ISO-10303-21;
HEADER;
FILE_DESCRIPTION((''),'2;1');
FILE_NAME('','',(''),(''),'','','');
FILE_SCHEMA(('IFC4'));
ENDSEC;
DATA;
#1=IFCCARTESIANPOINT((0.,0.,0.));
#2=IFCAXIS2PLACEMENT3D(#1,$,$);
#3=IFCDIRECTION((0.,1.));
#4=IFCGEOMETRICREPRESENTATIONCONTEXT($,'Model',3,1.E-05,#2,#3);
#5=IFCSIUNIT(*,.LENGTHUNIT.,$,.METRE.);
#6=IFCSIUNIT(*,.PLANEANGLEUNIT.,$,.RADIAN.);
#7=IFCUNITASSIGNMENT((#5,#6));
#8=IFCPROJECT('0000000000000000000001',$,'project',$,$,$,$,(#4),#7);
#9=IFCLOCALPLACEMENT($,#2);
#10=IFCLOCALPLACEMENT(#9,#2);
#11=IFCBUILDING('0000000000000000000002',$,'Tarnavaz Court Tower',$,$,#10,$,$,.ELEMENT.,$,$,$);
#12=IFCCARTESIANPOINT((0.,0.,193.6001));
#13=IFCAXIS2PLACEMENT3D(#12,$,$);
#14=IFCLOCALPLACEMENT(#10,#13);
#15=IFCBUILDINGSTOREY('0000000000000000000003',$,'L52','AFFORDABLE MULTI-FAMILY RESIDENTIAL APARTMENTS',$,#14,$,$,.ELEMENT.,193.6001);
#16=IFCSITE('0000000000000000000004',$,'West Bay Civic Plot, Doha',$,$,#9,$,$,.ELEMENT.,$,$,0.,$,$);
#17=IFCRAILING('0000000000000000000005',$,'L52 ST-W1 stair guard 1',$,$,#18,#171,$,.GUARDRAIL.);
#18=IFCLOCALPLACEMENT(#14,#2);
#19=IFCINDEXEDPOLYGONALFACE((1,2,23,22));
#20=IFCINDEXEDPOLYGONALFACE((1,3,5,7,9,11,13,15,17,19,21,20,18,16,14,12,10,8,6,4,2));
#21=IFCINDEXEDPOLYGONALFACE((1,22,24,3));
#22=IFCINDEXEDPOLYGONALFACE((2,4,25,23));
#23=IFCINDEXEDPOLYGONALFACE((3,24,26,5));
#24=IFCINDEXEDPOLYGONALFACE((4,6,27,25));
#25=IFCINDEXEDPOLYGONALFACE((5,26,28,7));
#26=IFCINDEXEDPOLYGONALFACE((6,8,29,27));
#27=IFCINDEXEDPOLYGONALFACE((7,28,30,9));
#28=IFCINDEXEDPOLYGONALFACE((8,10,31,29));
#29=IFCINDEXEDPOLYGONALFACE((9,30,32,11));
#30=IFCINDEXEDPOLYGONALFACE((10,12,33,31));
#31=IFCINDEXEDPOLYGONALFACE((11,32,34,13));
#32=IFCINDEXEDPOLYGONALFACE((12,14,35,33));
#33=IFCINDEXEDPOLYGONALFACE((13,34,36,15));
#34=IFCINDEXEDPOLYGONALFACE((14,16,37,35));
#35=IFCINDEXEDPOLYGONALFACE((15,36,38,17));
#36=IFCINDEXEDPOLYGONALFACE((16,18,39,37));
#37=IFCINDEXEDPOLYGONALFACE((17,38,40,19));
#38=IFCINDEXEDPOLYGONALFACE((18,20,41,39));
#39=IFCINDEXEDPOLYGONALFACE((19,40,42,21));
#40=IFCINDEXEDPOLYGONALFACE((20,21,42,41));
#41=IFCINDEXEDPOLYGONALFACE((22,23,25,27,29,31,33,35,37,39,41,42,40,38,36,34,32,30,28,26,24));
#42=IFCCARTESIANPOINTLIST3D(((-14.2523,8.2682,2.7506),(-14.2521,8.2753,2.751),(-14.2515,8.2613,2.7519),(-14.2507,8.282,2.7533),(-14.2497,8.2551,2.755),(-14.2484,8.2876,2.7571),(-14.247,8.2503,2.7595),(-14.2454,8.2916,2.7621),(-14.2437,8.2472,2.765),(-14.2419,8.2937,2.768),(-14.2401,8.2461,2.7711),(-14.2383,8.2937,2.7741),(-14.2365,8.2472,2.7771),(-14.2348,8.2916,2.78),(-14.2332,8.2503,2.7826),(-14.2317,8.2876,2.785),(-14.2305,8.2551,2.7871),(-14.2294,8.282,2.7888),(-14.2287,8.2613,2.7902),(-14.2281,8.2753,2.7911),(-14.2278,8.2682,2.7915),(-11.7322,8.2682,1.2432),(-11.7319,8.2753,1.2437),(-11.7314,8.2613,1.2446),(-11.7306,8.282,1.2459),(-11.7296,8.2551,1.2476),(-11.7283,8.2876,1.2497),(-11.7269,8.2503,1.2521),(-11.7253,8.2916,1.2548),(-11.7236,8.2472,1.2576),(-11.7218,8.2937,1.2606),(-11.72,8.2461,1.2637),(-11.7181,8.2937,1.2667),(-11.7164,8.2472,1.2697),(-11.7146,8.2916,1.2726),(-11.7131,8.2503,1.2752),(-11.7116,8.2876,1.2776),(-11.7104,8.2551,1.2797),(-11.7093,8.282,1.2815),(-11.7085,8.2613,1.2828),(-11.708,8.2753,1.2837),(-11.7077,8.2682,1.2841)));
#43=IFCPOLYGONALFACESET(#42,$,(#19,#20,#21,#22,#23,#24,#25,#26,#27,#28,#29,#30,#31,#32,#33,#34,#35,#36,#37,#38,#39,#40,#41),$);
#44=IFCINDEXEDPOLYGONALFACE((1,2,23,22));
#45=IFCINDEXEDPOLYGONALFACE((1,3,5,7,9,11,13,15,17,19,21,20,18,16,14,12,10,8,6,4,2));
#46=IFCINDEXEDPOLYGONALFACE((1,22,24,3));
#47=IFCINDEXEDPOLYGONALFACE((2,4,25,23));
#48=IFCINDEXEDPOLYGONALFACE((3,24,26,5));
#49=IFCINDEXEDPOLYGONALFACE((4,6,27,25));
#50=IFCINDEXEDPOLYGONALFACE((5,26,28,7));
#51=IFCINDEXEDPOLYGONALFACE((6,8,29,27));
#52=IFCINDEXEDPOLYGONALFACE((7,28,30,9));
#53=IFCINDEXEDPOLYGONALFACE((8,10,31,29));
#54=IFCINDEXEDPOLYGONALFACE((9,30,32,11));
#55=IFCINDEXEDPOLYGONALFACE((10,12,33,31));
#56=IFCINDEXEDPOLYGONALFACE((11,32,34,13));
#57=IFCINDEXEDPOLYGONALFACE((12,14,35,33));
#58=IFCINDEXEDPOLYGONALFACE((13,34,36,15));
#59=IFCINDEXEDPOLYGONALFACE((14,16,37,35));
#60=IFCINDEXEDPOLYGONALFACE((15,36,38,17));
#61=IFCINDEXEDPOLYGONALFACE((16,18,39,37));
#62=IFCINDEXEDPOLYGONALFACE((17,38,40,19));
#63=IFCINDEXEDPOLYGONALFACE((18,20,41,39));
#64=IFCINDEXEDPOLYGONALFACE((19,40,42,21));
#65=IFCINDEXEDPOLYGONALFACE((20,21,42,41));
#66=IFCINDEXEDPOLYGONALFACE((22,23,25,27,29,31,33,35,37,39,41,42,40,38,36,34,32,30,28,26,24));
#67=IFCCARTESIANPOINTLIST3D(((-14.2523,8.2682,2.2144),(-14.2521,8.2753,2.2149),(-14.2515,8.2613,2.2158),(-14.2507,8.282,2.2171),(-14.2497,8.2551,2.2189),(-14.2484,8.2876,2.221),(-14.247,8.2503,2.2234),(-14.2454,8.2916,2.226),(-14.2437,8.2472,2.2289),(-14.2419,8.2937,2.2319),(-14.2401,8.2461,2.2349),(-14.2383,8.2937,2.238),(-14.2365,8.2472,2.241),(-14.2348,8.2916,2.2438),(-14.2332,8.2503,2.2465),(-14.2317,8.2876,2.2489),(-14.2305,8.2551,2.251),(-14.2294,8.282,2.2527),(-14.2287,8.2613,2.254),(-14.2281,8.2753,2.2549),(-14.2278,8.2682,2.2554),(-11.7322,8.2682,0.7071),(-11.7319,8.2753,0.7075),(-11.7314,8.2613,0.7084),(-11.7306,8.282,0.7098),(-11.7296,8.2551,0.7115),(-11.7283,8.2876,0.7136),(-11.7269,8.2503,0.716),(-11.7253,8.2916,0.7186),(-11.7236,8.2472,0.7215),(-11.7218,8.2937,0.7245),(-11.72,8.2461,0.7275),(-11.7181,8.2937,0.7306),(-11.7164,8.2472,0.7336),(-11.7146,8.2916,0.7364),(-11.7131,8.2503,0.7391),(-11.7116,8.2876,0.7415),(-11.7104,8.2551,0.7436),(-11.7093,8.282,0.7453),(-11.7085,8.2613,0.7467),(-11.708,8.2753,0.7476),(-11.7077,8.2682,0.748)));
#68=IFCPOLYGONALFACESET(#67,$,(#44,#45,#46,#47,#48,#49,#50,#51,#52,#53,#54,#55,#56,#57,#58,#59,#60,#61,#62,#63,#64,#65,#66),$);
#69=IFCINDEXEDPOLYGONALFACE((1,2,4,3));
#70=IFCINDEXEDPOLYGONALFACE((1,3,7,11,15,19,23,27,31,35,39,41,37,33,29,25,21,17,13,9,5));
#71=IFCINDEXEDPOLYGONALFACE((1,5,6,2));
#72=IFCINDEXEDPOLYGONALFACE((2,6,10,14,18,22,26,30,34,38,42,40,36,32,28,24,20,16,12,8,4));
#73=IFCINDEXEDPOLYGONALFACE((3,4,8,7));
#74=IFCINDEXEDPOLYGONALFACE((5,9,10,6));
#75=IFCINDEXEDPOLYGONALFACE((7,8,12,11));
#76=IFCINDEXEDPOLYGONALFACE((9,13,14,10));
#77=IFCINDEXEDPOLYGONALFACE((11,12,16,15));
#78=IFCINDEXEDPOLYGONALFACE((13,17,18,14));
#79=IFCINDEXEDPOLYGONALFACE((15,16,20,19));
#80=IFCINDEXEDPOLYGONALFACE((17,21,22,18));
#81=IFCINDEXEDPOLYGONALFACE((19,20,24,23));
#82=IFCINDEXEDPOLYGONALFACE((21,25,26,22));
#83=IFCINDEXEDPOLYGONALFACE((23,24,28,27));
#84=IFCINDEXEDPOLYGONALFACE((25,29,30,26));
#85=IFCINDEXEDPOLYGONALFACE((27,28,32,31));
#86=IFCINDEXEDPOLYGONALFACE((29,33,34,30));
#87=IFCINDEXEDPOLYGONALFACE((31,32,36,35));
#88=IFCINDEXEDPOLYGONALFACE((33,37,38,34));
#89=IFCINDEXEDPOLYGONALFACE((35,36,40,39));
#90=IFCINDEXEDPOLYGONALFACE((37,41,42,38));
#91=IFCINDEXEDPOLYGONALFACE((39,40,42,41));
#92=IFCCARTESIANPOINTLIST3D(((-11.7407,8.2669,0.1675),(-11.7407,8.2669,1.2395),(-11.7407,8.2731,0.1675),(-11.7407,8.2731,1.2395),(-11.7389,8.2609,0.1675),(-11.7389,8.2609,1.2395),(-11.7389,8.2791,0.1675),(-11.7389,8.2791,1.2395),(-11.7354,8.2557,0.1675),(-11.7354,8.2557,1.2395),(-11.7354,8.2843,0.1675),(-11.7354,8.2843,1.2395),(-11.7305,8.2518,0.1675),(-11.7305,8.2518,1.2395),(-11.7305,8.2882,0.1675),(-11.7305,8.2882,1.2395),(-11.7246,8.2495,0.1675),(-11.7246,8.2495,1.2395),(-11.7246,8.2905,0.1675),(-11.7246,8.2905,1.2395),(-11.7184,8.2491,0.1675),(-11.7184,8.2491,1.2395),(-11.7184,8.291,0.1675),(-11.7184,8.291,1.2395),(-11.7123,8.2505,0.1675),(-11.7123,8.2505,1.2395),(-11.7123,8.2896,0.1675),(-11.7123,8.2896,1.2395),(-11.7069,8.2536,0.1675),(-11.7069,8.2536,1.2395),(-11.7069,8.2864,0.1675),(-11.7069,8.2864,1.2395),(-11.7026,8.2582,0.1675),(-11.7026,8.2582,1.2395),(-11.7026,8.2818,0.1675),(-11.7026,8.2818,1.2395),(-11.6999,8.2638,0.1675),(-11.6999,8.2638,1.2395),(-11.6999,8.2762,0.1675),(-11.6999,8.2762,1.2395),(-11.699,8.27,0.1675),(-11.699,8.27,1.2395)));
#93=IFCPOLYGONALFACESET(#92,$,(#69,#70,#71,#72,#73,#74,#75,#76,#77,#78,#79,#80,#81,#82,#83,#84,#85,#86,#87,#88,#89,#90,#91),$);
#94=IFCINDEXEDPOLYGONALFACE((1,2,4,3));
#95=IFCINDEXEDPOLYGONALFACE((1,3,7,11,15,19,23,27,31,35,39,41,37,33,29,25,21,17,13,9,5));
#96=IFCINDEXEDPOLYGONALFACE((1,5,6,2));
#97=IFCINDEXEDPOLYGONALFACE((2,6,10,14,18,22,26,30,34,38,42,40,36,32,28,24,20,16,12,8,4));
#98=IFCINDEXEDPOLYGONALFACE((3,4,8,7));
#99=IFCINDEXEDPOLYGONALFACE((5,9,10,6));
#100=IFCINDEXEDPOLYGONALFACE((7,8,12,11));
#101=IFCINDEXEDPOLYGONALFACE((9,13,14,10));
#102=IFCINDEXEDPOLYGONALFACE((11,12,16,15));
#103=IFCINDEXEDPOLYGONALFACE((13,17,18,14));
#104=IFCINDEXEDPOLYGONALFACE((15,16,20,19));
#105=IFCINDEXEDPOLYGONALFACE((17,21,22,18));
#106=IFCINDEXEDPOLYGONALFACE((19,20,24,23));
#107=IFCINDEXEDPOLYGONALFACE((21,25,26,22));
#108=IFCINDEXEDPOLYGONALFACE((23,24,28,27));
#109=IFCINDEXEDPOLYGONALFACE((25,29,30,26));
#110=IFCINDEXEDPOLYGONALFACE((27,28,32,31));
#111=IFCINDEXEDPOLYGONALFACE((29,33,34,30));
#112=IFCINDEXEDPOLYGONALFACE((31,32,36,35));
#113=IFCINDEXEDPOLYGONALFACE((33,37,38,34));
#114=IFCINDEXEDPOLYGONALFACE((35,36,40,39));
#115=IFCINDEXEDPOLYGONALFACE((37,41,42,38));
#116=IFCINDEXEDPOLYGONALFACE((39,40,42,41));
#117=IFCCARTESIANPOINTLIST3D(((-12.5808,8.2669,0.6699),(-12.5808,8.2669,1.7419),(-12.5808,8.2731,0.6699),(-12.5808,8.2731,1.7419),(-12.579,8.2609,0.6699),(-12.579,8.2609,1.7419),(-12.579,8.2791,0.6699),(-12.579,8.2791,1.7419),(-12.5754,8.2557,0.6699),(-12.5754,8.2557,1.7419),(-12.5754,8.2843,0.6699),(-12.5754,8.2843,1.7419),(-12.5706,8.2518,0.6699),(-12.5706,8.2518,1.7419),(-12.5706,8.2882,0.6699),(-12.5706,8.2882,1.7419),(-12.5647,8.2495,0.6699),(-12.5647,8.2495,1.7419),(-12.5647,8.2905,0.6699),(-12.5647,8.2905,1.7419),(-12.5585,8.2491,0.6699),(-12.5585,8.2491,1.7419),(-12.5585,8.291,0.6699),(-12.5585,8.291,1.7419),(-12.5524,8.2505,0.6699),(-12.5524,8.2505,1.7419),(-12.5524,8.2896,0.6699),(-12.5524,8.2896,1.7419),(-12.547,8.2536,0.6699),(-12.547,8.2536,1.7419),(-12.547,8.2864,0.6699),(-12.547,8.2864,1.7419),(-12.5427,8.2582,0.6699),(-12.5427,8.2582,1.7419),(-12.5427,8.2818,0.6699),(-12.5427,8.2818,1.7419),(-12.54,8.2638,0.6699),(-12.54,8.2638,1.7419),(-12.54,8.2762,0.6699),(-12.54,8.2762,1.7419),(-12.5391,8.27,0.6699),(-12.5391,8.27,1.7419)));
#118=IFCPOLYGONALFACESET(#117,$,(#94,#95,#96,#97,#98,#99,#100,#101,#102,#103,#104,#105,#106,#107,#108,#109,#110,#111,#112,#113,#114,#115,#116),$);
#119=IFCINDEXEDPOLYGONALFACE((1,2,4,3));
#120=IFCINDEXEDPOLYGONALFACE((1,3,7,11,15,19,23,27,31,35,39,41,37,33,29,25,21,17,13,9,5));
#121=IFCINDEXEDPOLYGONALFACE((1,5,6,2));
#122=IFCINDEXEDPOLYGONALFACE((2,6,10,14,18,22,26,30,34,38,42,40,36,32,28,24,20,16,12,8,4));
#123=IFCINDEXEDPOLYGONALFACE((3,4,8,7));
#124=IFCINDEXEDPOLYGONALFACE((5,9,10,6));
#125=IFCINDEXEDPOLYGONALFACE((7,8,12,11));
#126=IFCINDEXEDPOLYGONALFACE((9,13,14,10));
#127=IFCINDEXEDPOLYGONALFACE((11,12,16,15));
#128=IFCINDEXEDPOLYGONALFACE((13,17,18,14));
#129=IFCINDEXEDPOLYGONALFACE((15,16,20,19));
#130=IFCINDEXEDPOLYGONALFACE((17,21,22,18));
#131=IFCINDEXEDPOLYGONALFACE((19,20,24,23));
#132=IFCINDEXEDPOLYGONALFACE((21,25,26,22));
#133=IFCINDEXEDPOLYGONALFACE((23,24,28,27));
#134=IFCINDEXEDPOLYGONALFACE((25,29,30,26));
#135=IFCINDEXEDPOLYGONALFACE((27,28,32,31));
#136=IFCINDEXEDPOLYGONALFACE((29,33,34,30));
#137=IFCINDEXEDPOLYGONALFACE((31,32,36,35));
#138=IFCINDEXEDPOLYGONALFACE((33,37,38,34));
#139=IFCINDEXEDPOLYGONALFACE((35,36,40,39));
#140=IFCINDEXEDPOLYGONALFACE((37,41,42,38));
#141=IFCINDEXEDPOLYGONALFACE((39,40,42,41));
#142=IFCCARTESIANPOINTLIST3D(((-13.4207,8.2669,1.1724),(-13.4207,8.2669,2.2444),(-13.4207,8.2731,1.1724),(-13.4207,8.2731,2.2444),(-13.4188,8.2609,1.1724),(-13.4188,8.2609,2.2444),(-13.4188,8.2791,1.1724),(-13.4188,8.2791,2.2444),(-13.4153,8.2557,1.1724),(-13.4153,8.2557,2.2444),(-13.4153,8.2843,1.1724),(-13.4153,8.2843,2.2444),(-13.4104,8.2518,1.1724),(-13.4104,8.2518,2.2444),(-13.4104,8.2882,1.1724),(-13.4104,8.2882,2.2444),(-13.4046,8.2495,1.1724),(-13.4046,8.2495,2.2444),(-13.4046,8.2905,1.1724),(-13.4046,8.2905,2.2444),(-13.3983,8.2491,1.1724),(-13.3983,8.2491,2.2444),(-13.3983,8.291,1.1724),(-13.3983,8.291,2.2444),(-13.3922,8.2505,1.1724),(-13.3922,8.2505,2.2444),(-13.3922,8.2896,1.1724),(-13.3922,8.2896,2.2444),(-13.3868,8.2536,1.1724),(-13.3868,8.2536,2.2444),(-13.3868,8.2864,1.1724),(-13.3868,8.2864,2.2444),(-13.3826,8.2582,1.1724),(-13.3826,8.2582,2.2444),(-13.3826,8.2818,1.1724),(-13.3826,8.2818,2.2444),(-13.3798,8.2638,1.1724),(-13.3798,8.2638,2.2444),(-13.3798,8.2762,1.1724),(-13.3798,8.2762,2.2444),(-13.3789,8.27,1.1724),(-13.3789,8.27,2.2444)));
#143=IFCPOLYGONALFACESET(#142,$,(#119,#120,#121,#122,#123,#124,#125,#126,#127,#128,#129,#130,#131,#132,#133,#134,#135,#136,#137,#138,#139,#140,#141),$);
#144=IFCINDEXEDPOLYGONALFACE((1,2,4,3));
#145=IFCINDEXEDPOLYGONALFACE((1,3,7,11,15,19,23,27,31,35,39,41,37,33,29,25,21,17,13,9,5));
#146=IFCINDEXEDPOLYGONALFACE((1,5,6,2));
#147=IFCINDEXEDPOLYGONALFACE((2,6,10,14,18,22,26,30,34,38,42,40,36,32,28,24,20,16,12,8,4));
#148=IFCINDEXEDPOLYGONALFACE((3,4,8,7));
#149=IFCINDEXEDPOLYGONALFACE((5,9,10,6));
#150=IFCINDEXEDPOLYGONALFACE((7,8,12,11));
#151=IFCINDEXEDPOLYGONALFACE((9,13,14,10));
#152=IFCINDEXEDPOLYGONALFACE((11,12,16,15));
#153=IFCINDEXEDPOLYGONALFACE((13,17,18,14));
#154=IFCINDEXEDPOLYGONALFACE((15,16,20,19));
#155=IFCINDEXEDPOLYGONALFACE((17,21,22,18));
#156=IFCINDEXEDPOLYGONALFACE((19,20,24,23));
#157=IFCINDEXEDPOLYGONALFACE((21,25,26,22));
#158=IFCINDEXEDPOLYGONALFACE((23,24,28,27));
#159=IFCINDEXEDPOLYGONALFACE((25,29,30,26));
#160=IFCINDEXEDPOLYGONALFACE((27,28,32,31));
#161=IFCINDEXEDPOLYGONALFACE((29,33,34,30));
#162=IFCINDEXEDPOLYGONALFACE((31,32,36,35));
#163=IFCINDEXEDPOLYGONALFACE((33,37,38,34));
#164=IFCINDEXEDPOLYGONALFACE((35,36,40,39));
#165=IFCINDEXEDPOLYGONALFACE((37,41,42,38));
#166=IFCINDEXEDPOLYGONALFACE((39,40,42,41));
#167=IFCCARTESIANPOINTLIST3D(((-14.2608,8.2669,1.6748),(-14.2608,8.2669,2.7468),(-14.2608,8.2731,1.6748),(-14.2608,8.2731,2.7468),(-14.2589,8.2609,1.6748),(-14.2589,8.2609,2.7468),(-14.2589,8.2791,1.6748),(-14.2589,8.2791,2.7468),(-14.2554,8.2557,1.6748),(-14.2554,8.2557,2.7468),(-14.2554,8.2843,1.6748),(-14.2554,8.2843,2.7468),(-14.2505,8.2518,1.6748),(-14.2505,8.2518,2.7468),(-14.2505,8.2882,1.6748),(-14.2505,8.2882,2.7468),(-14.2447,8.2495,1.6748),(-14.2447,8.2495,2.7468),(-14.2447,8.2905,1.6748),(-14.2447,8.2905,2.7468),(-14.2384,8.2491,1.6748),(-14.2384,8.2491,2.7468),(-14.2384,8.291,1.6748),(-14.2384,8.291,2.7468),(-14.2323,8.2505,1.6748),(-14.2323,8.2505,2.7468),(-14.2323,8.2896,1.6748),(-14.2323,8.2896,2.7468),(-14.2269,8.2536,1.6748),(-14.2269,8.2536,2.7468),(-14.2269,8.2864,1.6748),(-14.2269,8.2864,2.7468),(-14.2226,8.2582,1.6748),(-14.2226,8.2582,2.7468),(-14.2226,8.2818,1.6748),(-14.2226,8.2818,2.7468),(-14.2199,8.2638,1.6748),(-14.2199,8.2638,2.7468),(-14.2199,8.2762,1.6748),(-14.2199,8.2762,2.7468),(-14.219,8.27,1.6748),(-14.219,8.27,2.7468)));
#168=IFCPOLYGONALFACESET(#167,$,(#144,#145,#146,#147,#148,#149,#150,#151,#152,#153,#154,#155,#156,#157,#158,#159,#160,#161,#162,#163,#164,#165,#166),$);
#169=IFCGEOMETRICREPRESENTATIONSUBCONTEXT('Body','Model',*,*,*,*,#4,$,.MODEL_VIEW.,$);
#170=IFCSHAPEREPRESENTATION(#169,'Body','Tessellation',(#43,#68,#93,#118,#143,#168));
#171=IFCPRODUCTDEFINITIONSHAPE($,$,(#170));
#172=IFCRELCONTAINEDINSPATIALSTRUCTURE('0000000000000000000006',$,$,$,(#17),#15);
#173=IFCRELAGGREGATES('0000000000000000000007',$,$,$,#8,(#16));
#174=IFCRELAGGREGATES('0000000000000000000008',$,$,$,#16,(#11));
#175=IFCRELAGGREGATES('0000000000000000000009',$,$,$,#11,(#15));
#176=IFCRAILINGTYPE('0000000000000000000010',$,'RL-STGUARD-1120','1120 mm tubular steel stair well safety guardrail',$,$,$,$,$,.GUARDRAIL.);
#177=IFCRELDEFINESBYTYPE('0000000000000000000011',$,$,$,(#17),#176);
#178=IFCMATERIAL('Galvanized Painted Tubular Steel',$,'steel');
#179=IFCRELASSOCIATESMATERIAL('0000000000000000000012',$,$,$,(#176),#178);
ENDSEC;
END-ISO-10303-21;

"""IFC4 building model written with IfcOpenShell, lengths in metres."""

from ifc_helpers import new_model, si_unit, direction, frame, origin, origin_2d, place, context, subcontext, project, spatial, circle, extrude, material, type_object, element, save


model = new_model("IFC4")

# Units and contexts
model_context = context("Model", 3, precision=1e-05, world=origin(), true_north=direction((0.0, 1.0)))
body_context = subcontext(model_context, "Body", "Model", "MODEL_VIEW")
ifc_project = project(units=[si_unit("LENGTHUNIT", "METRE"), si_unit("PLANEANGLEUNIT", "RADIAN")], contexts=[model_context])

# Site, building, storey
site_placement = place(None, origin())
site = spatial("IfcSite", under=ifc_project, at=site_placement, Name="West Bay Civic Plot, Doha", CompositionType="ELEMENT", RefElevation=0.0)
building_placement = place(site_placement, origin())
building = spatial("IfcBuilding", under=site, at=building_placement, Name="Tarnavaz Court Tower", CompositionType="ELEMENT")
storey_placement = place(building_placement, frame((0.0, 0.0, 193.6001)))
storey = spatial("IfcBuildingStorey", under=building, at=storey_placement, Name="L52", Description="AFFORDABLE MULTI-FAMILY RESIDENTIAL APARTMENTS", CompositionType="ELEMENT", Elevation=193.6001)

# Railing
ifc_material_1 = material(Name="Galvanized Painted Tubular Steel", Category="steel")
railing_type_1 = type_object("IfcRailingType", Name="RL-STGUARD-1120", Description="1120 mm tubular steel stair well safety guardrail", PredefinedType="GUARDRAIL", material=ifc_material_1)
railing_1_placement = place(storey_placement, frame((-11.72, 8.27, 0.1675)))
element("IfcRailing", 1, at=railing_1_placement, inside=storey, type_object=railing_type_1, Name="L52 ST-W1 stair guard 1", PredefinedType="GUARDRAIL", context=body_context, shape_type="SweptSolid", body=[
    extrude(circle(Radius=0.0239, at=origin_2d()), frame((0.0, 0.0, 1.0962), z_axis=(-0.858196, 0.0, 0.513321), x_axis=(0.0, -1.0, 0.0)), (0.0, 0.0, 1.0), 2.9365),
    extrude(circle(Radius=0.0239, at=origin_2d()), frame((0.0, 0.0, 0.5601), z_axis=(-0.858196, 0.0, 0.513321), x_axis=(0.0, -1.0, 0.0)), (0.0, 0.0, 1.0), 2.9365),
    extrude(circle(Radius=0.021, at=origin_2d()), origin(), (0.0, 0.0, 1.0), 1.072),
    extrude(circle(Radius=0.021, at=origin_2d()), frame((-0.8401, 0.0, 0.5024)), (0.0, 0.0, 1.0), 1.072),
    extrude(circle(Radius=0.021, at=origin_2d()), frame((-1.6799, 0.0, 1.0049)), (0.0, 0.0, 1.0), 1.072),
    extrude(circle(Radius=0.021, at=origin_2d()), frame((-2.52, 0.0, 1.5073)), (0.0, 0.0, 1.0), 1.072),
])

save(model, "model.ifc")
